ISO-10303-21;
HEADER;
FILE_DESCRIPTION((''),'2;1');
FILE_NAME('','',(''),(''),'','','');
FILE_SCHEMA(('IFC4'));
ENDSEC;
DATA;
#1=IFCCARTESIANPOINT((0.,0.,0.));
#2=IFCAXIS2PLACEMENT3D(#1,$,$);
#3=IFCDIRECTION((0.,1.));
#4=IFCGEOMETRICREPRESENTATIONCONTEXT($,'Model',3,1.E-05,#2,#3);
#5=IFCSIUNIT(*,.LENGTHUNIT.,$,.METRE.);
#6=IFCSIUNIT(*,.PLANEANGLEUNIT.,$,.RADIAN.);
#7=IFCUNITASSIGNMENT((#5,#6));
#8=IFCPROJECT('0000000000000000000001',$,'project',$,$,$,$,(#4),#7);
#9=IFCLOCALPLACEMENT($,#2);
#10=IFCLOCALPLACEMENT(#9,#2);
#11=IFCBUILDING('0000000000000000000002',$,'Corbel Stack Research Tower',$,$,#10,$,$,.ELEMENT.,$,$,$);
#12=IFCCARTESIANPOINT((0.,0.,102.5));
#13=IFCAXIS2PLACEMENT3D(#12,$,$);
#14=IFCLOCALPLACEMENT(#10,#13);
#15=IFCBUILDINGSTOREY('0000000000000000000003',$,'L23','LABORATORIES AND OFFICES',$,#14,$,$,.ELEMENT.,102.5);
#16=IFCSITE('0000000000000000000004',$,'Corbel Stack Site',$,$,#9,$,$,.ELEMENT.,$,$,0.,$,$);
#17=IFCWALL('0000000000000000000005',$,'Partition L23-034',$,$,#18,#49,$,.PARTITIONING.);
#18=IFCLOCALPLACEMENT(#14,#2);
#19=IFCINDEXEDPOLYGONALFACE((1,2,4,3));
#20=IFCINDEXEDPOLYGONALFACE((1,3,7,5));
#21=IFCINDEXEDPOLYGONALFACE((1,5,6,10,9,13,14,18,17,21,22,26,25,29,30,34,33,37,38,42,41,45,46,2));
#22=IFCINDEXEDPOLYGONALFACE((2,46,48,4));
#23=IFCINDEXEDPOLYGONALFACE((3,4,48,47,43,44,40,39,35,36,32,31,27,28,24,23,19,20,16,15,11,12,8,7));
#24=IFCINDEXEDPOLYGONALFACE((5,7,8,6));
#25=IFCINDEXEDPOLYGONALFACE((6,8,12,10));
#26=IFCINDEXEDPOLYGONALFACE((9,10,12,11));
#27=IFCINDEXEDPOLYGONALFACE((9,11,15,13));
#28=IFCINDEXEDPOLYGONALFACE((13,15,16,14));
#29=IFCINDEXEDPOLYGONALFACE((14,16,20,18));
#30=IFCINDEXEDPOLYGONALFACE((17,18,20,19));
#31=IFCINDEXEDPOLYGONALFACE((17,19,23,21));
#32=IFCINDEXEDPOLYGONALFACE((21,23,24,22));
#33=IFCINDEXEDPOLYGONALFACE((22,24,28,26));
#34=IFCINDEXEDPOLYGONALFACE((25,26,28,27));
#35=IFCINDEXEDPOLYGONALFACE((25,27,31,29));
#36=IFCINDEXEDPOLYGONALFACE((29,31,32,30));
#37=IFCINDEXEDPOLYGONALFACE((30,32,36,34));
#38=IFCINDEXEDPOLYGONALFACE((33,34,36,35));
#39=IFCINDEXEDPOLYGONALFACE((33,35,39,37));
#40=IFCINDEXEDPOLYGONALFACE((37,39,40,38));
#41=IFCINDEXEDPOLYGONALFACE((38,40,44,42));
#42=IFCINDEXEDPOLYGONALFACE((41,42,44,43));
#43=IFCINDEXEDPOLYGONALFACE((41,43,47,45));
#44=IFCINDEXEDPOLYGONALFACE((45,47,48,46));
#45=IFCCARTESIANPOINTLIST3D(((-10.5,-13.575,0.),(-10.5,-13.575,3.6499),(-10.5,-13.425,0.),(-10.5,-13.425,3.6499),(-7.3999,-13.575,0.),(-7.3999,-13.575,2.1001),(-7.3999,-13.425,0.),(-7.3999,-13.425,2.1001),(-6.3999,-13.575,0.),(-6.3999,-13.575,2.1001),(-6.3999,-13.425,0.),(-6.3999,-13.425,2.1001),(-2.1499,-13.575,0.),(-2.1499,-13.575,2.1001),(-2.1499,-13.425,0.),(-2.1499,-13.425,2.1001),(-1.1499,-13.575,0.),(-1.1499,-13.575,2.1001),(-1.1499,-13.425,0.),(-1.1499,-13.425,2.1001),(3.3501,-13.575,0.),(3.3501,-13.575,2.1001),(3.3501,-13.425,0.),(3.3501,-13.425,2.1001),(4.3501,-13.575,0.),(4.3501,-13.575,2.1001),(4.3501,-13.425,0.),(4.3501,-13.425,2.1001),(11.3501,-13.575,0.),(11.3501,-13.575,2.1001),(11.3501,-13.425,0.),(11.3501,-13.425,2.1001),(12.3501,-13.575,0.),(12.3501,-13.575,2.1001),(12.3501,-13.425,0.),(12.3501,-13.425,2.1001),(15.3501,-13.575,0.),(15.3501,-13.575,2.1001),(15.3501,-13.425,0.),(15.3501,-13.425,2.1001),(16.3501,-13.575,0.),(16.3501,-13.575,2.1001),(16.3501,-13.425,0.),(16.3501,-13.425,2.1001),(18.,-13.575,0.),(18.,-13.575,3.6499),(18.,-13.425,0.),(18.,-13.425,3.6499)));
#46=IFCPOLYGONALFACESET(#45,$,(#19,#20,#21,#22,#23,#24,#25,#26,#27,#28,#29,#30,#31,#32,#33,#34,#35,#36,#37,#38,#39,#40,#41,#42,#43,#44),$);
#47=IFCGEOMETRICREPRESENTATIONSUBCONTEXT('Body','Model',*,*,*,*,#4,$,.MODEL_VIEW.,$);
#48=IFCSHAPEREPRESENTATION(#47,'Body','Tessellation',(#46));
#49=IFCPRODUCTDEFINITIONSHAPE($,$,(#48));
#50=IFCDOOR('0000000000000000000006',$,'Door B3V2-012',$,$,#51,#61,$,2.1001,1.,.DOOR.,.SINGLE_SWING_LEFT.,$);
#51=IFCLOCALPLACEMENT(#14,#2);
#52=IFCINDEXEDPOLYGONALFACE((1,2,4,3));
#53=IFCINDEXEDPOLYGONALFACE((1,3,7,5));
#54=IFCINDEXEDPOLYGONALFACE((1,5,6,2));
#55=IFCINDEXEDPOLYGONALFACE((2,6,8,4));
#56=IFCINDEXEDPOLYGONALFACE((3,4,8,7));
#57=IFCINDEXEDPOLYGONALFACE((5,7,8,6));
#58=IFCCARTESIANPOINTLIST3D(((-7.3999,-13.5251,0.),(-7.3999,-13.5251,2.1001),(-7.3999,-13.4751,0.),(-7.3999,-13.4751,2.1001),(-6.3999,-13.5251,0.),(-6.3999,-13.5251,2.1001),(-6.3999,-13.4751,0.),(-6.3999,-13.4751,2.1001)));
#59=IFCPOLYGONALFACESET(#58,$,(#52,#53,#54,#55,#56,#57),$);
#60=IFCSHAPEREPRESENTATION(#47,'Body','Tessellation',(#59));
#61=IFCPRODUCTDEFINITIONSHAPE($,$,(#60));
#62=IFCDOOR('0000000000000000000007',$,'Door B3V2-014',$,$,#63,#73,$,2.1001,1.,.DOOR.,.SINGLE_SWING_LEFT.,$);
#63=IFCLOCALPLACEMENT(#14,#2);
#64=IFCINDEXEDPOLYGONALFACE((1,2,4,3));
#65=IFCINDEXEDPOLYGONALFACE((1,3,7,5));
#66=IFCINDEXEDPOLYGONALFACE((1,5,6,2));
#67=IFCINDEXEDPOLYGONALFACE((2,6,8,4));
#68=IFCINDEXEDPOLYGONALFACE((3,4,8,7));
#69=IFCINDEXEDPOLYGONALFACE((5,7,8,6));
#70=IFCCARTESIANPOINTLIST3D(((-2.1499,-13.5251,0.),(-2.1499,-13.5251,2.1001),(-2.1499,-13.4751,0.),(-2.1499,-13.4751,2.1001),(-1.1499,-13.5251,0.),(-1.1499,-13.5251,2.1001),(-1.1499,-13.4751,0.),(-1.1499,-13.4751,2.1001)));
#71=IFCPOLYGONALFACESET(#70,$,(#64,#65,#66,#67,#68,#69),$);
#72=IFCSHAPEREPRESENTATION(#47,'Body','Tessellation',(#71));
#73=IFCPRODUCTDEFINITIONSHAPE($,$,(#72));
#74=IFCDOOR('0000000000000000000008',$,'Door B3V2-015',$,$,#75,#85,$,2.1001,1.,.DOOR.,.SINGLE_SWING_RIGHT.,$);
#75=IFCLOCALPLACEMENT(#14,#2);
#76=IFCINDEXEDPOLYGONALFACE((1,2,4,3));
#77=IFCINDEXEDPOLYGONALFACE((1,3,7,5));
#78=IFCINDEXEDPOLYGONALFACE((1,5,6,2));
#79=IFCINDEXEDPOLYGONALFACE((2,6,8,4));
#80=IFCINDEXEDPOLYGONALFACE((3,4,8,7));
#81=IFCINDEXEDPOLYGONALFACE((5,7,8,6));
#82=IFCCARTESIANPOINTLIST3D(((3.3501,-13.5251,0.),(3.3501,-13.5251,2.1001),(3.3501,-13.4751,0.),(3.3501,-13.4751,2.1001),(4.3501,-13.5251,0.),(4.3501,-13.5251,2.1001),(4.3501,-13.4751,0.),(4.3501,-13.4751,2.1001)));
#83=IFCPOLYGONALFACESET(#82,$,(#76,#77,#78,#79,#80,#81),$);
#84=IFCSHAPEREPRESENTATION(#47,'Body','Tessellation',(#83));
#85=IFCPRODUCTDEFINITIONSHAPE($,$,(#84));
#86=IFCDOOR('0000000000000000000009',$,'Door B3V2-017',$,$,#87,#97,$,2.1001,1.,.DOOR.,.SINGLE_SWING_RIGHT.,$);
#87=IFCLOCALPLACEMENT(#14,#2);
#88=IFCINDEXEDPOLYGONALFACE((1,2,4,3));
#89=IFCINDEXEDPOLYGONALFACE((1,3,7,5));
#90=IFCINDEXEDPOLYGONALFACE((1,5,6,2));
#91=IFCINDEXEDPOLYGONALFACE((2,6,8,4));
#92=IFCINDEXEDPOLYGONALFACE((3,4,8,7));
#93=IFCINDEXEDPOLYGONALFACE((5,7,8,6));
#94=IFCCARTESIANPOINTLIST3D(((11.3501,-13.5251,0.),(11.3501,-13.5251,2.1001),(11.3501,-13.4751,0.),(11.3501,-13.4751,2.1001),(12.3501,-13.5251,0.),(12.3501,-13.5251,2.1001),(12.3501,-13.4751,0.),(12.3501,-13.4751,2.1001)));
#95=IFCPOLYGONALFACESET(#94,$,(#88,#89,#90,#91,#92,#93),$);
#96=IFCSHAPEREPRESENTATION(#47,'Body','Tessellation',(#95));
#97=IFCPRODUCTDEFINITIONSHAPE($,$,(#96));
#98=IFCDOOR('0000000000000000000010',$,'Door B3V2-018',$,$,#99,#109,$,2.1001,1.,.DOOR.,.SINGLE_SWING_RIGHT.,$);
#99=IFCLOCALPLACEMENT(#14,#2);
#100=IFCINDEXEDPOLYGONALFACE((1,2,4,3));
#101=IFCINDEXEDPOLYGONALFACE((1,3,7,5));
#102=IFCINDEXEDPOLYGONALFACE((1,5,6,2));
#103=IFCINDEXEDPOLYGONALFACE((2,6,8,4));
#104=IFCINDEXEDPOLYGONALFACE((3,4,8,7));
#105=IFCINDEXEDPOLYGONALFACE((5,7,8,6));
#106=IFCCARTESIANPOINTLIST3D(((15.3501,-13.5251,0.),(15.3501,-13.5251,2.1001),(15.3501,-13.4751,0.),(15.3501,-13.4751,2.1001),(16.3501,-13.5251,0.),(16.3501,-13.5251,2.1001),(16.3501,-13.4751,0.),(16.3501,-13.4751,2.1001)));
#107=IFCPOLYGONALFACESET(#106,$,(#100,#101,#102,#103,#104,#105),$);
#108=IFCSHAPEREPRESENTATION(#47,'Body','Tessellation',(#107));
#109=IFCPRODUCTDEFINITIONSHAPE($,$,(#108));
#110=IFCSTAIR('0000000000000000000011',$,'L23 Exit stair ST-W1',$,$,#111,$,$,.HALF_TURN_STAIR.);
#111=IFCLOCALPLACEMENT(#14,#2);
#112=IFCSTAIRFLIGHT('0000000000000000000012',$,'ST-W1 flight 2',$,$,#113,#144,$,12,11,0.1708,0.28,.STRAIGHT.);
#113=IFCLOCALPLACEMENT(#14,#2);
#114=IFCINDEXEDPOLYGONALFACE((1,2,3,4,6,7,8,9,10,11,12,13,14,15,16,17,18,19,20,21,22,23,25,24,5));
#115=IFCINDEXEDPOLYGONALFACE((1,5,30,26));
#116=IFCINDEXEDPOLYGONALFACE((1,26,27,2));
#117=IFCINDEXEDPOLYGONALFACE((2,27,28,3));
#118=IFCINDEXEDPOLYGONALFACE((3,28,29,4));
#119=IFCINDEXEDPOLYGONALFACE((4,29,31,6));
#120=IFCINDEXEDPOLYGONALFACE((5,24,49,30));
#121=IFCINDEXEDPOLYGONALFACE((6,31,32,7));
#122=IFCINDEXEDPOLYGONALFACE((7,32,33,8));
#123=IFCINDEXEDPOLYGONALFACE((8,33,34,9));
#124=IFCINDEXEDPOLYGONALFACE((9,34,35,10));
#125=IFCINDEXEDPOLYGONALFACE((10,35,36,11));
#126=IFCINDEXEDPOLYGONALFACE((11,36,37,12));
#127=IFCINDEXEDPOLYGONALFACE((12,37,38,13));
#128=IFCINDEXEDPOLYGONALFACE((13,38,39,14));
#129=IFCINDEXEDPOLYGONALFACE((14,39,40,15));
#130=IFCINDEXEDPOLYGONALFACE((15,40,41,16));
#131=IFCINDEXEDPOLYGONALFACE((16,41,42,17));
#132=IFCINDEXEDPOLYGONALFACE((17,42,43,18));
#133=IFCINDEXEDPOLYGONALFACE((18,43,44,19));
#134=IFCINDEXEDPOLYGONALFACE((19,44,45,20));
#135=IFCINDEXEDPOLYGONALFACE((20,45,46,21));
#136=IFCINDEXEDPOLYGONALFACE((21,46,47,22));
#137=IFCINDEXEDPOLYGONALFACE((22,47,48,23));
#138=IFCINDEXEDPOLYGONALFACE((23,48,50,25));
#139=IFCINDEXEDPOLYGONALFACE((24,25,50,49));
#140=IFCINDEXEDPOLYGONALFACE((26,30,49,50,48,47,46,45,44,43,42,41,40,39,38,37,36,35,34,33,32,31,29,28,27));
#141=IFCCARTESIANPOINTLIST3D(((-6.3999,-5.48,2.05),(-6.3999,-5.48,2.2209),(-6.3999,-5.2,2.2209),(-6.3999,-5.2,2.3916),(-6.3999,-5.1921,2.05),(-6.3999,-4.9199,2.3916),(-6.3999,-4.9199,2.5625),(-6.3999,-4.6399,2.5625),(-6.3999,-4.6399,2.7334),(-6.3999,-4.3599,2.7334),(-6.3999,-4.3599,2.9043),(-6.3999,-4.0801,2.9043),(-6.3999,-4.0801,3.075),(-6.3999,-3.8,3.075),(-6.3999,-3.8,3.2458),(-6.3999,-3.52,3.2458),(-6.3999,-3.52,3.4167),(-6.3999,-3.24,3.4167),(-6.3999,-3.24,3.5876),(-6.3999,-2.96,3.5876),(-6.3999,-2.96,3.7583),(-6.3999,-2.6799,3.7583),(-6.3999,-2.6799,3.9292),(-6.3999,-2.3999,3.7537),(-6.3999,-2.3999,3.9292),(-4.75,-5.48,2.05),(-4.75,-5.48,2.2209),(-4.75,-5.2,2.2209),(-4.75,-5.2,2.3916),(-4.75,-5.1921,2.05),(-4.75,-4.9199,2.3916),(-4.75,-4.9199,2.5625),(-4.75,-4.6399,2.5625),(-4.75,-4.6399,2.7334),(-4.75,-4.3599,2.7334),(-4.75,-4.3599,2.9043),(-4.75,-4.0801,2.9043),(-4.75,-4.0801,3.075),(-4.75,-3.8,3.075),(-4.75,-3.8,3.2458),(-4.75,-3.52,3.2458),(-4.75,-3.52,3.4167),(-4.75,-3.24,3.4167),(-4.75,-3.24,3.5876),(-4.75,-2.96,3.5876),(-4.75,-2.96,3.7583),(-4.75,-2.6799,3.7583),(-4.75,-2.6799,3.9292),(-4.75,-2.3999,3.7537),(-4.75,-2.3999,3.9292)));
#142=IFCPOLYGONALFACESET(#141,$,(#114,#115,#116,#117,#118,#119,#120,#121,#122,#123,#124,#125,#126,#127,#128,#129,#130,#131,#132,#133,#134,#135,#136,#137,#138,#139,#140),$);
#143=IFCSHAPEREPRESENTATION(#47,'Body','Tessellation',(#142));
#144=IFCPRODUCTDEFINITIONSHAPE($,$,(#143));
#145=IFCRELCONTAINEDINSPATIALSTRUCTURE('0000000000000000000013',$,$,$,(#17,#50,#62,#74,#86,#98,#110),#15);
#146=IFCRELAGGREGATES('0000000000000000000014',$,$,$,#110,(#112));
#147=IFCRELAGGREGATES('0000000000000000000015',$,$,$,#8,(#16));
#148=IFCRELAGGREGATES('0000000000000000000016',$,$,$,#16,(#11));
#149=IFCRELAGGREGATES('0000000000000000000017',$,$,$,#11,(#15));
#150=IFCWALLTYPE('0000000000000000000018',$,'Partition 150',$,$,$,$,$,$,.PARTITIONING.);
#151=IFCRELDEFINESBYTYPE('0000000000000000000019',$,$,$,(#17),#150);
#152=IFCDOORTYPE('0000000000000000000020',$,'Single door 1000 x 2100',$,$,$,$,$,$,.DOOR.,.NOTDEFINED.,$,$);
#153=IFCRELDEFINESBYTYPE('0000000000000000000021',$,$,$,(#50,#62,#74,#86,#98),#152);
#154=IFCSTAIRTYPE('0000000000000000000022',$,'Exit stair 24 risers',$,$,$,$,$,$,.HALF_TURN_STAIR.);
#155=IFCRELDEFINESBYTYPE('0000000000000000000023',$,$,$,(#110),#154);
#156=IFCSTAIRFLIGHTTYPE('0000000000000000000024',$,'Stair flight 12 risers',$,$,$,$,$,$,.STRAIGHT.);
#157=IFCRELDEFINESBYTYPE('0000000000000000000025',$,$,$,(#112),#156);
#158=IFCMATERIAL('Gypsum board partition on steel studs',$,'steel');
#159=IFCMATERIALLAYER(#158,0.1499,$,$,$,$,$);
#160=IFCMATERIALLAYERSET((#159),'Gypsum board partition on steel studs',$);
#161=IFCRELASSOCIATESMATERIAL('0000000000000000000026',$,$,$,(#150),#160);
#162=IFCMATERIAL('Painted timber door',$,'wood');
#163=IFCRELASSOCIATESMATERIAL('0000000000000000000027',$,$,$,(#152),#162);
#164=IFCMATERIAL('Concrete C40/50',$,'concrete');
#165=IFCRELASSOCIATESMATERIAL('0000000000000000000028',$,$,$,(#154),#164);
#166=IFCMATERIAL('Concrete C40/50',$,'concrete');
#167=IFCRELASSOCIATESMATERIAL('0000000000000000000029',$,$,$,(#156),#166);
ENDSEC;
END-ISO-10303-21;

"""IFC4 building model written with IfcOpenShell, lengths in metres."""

from ifc_helpers import new_model, si_unit, direction, frame, frame_2d, origin, place, context, subcontext, project, spatial, polyline, rectangle, outline, extrude, material, layer, layer_set, type_object, element, fill, aggregate, save


model = new_model("IFC4")

# Units and contexts
model_context = context("Model", 3, precision=1e-05, world=origin(), true_north=direction((0.0, 1.0)))
body_context = subcontext(model_context, "Body", "Model", "MODEL_VIEW")
ifc_project = project(units=[si_unit("LENGTHUNIT", "METRE"), si_unit("PLANEANGLEUNIT", "RADIAN")], contexts=[model_context])

# Site, building, storey
site_placement = place(None, origin())
site = spatial("IfcSite", under=ifc_project, at=site_placement, Name="Corbel Stack Site", CompositionType="ELEMENT", RefElevation=0.0)
building_placement = place(site_placement, origin())
building = spatial("IfcBuilding", under=site, at=building_placement, Name="Corbel Stack Research Tower", CompositionType="ELEMENT")
storey_placement = place(building_placement, frame((0.0, 0.0, 102.5)))
storey = spatial("IfcBuildingStorey", under=building, at=storey_placement, Name="L23", Description="LABORATORIES AND OFFICES", CompositionType="ELEMENT", Elevation=102.5)

# Wall, openings, doors
ifc_material_1 = material(Name="Gypsum board partition on steel studs", Category="steel")
ifc_layer_1 = layer(ifc_material_1, 0.1499)
ifc_layer_set_1 = layer_set([ifc_layer_1], Name="Gypsum board partition on steel studs")
wall_type_1 = type_object("IfcWallType", Name="Partition 150", PredefinedType="PARTITIONING", material=ifc_layer_set_1)
wall_1_placement = place(storey_placement, frame((-10.5, -13.5, 0.0), z_axis=(0.0, 0.0, 1.0), x_axis=(1.0, 0.0, 0.0)))
wall_1 = element("IfcWall", 1, at=wall_1_placement, inside=storey, type_object=wall_type_1, Name="Partition L23-034", PredefinedType="PARTITIONING", context=body_context, shape_type="SweptSolid", body=[
    extrude(rectangle(XDim=28.5, YDim=0.1499, at=frame_2d((14.25, 0.0))), origin(), (0.0, 0.0, 1.0), 3.6499),
])
opening_1_placement = place(wall_1_placement, frame((3.1001, 0.0, 0.0)))
opening_1 = element("IfcOpeningElement", 2, at=opening_1_placement, cuts=wall_1, PredefinedType="OPENING", context=body_context, shape_type="SweptSolid", body=[
    extrude(rectangle(XDim=1.0, YDim=2.1001, at=frame_2d((0.5, 1.05))), frame((0.0, 0.085, 0.0), z_axis=(0.0, -1.0, 0.0), x_axis=(1.0, 0.0, 0.0)), (0.0, 0.0, 1.0), 0.1699),
])
opening_2_placement = place(wall_1_placement, frame((8.3501, 0.0, 0.0)))
opening_2 = element("IfcOpeningElement", 3, at=opening_2_placement, cuts=wall_1, PredefinedType="OPENING", context=body_context, shape_type="SweptSolid", body=[
    extrude(rectangle(XDim=1.0, YDim=2.1001, at=frame_2d((0.5, 1.05))), frame((0.0, 0.085, 0.0), z_axis=(0.0, -1.0, 0.0), x_axis=(1.0, 0.0, 0.0)), (0.0, 0.0, 1.0), 0.1699),
])
opening_3_placement = place(wall_1_placement, frame((13.8501, 0.0, 0.0)))
opening_3 = element("IfcOpeningElement", 4, at=opening_3_placement, cuts=wall_1, PredefinedType="OPENING", context=body_context, shape_type="SweptSolid", body=[
    extrude(rectangle(XDim=1.0, YDim=2.1001, at=frame_2d((0.5, 1.05))), frame((0.0, 0.085, 0.0), z_axis=(0.0, -1.0, 0.0), x_axis=(1.0, 0.0, 0.0)), (0.0, 0.0, 1.0), 0.1699),
])
opening_4_placement = place(wall_1_placement, frame((21.8501, 0.0, 0.0)))
opening_4 = element("IfcOpeningElement", 5, at=opening_4_placement, cuts=wall_1, PredefinedType="OPENING", context=body_context, shape_type="SweptSolid", body=[
    extrude(rectangle(XDim=1.0, YDim=2.1001, at=frame_2d((0.5, 1.05))), frame((0.0, 0.085, 0.0), z_axis=(0.0, -1.0, 0.0), x_axis=(1.0, 0.0, 0.0)), (0.0, 0.0, 1.0), 0.1699),
])
opening_5_placement = place(wall_1_placement, frame((25.8501, 0.0, 0.0)))
opening_5 = element("IfcOpeningElement", 6, at=opening_5_placement, cuts=wall_1, PredefinedType="OPENING", context=body_context, shape_type="SweptSolid", body=[
    extrude(rectangle(XDim=1.0, YDim=2.1001, at=frame_2d((0.5, 1.05))), frame((0.0, 0.085, 0.0), z_axis=(0.0, -1.0, 0.0), x_axis=(1.0, 0.0, 0.0)), (0.0, 0.0, 1.0), 0.1699),
])
ifc_material_2 = material(Name="Painted timber door", Category="wood")
door_type_1 = type_object("IfcDoorType", Name="Single door 1000 x 2100", OperationType="NOTDEFINED", PredefinedType="DOOR", material=ifc_material_2)
door_1_placement = place(opening_1_placement, origin())
door_1 = element("IfcDoor", 7, at=door_1_placement, inside=storey, type_object=door_type_1, Name="Door B3V2-012", OperationType="SINGLE_SWING_LEFT", OverallHeight=2.1001, OverallWidth=1.0, PredefinedType="DOOR", context=body_context, shape_type="SweptSolid", body=[
    extrude(rectangle(XDim=1.0, YDim=2.1001, at=frame_2d((0.5, 1.05))), frame((0.0, 0.0249, 0.0), z_axis=(0.0, -1.0, 0.0), x_axis=(1.0, 0.0, 0.0)), (0.0, 0.0, 1.0), 0.05),
])
fill(opening_1, door_1)
door_2_placement = place(opening_2_placement, origin())
door_2 = element("IfcDoor", 8, at=door_2_placement, inside=storey, type_object=door_type_1, Name="Door B3V2-014", OperationType="SINGLE_SWING_LEFT", OverallHeight=2.1001, OverallWidth=1.0, PredefinedType="DOOR", context=body_context, shape_type="SweptSolid", body=[
    extrude(rectangle(XDim=1.0, YDim=2.1001, at=frame_2d((0.5, 1.05))), frame((0.0, 0.0249, 0.0), z_axis=(0.0, -1.0, 0.0), x_axis=(1.0, 0.0, 0.0)), (0.0, 0.0, 1.0), 0.05),
])
fill(opening_2, door_2)
door_3_placement = place(opening_3_placement, origin())
door_3 = element("IfcDoor", 9, at=door_3_placement, inside=storey, type_object=door_type_1, Name="Door B3V2-015", OperationType="SINGLE_SWING_RIGHT", OverallHeight=2.1001, OverallWidth=1.0, PredefinedType="DOOR", context=body_context, shape_type="SweptSolid", body=[
    extrude(rectangle(XDim=1.0, YDim=2.1001, at=frame_2d((0.5, 1.05))), frame((0.0, 0.0249, 0.0), z_axis=(0.0, -1.0, 0.0), x_axis=(1.0, 0.0, 0.0)), (0.0, 0.0, 1.0), 0.05),
])
fill(opening_3, door_3)
door_4_placement = place(opening_4_placement, origin())
door_4 = element("IfcDoor", 10, at=door_4_placement, inside=storey, type_object=door_type_1, Name="Door B3V2-017", OperationType="SINGLE_SWING_RIGHT", OverallHeight=2.1001, OverallWidth=1.0, PredefinedType="DOOR", context=body_context, shape_type="SweptSolid", body=[
    extrude(rectangle(XDim=1.0, YDim=2.1001, at=frame_2d((0.5, 1.05))), frame((0.0, 0.0249, 0.0), z_axis=(0.0, -1.0, 0.0), x_axis=(1.0, 0.0, 0.0)), (0.0, 0.0, 1.0), 0.05),
])
fill(opening_4, door_4)
door_5_placement = place(opening_5_placement, origin())
door_5 = element("IfcDoor", 11, at=door_5_placement, inside=storey, type_object=door_type_1, Name="Door B3V2-018", OperationType="SINGLE_SWING_RIGHT", OverallHeight=2.1001, OverallWidth=1.0, PredefinedType="DOOR", context=body_context, shape_type="SweptSolid", body=[
    extrude(rectangle(XDim=1.0, YDim=2.1001, at=frame_2d((0.5, 1.05))), frame((0.0, 0.0249, 0.0), z_axis=(0.0, -1.0, 0.0), x_axis=(1.0, 0.0, 0.0)), (0.0, 0.0, 1.0), 0.05),
])
fill(opening_5, door_5)

# Stair, stair flight
ifc_material_3 = material(Name="Concrete C40/50", Category="concrete")
stair_type = type_object("IfcStairType", Name="Exit stair 24 risers", PredefinedType="HALF_TURN_STAIR", material=ifc_material_3)
stair_placement = place(storey_placement, origin())
stair = element("IfcStair", 12, at=stair_placement, inside=storey, type_object=stair_type, Name="L23 Exit stair ST-W1", PredefinedType="HALF_TURN_STAIR")
ifc_material_4 = material(Name="Concrete C40/50", Category="concrete")
stair_flight_type = type_object("IfcStairFlightType", Name="Stair flight 12 risers", PredefinedType="STRAIGHT", material=ifc_material_4)
stair_flight_placement = place(storey_placement, frame((-5.575, -5.48, 2.05), z_axis=(0.0, 0.0, 1.0), x_axis=(0.0, 1.0, 0.0)))
stair_flight = element("IfcStairFlight", 13, at=stair_flight_placement, type_object=stair_flight_type, Name="ST-W1 flight 2", NumberOfRisers=12, NumberOfTreads=11, PredefinedType="STRAIGHT", RiserHeight=0.1708, TreadLength=0.28, context=body_context, shape_type="SweptSolid", body=[
    extrude(outline(polyline([(0.0, 0.0), (0.0, 0.1709), (0.28, 0.1709), (0.28, 0.3416), (0.5601, 0.3416), (0.5601, 0.5125), (0.8401, 0.5125), (0.8401, 0.6833), (1.1201, 0.6833), (1.1201, 0.8542), (1.3999, 0.8542), (1.3999, 1.0249), (1.6799, 1.0249), (1.6799, 1.1958), (1.96, 1.1958), (1.96, 1.3667), (2.24, 1.3667), (2.24, 1.5376), (2.52, 1.5376), (2.52, 1.7083), (2.8, 1.7083), (2.8, 1.8792), (3.0801, 1.8792), (3.0801, 2.05), (3.0801, 1.7036), (0.2878, 0.0), (0.0, 0.0)])), frame((0.0, 0.825, 0.0), z_axis=(0.0, -1.0, 0.0), x_axis=(1.0, 0.0, 0.0)), (0.0, 0.0, 1.0), 1.6499),
])
aggregate(stair, [stair_flight])

save(model, "model.ifc")
